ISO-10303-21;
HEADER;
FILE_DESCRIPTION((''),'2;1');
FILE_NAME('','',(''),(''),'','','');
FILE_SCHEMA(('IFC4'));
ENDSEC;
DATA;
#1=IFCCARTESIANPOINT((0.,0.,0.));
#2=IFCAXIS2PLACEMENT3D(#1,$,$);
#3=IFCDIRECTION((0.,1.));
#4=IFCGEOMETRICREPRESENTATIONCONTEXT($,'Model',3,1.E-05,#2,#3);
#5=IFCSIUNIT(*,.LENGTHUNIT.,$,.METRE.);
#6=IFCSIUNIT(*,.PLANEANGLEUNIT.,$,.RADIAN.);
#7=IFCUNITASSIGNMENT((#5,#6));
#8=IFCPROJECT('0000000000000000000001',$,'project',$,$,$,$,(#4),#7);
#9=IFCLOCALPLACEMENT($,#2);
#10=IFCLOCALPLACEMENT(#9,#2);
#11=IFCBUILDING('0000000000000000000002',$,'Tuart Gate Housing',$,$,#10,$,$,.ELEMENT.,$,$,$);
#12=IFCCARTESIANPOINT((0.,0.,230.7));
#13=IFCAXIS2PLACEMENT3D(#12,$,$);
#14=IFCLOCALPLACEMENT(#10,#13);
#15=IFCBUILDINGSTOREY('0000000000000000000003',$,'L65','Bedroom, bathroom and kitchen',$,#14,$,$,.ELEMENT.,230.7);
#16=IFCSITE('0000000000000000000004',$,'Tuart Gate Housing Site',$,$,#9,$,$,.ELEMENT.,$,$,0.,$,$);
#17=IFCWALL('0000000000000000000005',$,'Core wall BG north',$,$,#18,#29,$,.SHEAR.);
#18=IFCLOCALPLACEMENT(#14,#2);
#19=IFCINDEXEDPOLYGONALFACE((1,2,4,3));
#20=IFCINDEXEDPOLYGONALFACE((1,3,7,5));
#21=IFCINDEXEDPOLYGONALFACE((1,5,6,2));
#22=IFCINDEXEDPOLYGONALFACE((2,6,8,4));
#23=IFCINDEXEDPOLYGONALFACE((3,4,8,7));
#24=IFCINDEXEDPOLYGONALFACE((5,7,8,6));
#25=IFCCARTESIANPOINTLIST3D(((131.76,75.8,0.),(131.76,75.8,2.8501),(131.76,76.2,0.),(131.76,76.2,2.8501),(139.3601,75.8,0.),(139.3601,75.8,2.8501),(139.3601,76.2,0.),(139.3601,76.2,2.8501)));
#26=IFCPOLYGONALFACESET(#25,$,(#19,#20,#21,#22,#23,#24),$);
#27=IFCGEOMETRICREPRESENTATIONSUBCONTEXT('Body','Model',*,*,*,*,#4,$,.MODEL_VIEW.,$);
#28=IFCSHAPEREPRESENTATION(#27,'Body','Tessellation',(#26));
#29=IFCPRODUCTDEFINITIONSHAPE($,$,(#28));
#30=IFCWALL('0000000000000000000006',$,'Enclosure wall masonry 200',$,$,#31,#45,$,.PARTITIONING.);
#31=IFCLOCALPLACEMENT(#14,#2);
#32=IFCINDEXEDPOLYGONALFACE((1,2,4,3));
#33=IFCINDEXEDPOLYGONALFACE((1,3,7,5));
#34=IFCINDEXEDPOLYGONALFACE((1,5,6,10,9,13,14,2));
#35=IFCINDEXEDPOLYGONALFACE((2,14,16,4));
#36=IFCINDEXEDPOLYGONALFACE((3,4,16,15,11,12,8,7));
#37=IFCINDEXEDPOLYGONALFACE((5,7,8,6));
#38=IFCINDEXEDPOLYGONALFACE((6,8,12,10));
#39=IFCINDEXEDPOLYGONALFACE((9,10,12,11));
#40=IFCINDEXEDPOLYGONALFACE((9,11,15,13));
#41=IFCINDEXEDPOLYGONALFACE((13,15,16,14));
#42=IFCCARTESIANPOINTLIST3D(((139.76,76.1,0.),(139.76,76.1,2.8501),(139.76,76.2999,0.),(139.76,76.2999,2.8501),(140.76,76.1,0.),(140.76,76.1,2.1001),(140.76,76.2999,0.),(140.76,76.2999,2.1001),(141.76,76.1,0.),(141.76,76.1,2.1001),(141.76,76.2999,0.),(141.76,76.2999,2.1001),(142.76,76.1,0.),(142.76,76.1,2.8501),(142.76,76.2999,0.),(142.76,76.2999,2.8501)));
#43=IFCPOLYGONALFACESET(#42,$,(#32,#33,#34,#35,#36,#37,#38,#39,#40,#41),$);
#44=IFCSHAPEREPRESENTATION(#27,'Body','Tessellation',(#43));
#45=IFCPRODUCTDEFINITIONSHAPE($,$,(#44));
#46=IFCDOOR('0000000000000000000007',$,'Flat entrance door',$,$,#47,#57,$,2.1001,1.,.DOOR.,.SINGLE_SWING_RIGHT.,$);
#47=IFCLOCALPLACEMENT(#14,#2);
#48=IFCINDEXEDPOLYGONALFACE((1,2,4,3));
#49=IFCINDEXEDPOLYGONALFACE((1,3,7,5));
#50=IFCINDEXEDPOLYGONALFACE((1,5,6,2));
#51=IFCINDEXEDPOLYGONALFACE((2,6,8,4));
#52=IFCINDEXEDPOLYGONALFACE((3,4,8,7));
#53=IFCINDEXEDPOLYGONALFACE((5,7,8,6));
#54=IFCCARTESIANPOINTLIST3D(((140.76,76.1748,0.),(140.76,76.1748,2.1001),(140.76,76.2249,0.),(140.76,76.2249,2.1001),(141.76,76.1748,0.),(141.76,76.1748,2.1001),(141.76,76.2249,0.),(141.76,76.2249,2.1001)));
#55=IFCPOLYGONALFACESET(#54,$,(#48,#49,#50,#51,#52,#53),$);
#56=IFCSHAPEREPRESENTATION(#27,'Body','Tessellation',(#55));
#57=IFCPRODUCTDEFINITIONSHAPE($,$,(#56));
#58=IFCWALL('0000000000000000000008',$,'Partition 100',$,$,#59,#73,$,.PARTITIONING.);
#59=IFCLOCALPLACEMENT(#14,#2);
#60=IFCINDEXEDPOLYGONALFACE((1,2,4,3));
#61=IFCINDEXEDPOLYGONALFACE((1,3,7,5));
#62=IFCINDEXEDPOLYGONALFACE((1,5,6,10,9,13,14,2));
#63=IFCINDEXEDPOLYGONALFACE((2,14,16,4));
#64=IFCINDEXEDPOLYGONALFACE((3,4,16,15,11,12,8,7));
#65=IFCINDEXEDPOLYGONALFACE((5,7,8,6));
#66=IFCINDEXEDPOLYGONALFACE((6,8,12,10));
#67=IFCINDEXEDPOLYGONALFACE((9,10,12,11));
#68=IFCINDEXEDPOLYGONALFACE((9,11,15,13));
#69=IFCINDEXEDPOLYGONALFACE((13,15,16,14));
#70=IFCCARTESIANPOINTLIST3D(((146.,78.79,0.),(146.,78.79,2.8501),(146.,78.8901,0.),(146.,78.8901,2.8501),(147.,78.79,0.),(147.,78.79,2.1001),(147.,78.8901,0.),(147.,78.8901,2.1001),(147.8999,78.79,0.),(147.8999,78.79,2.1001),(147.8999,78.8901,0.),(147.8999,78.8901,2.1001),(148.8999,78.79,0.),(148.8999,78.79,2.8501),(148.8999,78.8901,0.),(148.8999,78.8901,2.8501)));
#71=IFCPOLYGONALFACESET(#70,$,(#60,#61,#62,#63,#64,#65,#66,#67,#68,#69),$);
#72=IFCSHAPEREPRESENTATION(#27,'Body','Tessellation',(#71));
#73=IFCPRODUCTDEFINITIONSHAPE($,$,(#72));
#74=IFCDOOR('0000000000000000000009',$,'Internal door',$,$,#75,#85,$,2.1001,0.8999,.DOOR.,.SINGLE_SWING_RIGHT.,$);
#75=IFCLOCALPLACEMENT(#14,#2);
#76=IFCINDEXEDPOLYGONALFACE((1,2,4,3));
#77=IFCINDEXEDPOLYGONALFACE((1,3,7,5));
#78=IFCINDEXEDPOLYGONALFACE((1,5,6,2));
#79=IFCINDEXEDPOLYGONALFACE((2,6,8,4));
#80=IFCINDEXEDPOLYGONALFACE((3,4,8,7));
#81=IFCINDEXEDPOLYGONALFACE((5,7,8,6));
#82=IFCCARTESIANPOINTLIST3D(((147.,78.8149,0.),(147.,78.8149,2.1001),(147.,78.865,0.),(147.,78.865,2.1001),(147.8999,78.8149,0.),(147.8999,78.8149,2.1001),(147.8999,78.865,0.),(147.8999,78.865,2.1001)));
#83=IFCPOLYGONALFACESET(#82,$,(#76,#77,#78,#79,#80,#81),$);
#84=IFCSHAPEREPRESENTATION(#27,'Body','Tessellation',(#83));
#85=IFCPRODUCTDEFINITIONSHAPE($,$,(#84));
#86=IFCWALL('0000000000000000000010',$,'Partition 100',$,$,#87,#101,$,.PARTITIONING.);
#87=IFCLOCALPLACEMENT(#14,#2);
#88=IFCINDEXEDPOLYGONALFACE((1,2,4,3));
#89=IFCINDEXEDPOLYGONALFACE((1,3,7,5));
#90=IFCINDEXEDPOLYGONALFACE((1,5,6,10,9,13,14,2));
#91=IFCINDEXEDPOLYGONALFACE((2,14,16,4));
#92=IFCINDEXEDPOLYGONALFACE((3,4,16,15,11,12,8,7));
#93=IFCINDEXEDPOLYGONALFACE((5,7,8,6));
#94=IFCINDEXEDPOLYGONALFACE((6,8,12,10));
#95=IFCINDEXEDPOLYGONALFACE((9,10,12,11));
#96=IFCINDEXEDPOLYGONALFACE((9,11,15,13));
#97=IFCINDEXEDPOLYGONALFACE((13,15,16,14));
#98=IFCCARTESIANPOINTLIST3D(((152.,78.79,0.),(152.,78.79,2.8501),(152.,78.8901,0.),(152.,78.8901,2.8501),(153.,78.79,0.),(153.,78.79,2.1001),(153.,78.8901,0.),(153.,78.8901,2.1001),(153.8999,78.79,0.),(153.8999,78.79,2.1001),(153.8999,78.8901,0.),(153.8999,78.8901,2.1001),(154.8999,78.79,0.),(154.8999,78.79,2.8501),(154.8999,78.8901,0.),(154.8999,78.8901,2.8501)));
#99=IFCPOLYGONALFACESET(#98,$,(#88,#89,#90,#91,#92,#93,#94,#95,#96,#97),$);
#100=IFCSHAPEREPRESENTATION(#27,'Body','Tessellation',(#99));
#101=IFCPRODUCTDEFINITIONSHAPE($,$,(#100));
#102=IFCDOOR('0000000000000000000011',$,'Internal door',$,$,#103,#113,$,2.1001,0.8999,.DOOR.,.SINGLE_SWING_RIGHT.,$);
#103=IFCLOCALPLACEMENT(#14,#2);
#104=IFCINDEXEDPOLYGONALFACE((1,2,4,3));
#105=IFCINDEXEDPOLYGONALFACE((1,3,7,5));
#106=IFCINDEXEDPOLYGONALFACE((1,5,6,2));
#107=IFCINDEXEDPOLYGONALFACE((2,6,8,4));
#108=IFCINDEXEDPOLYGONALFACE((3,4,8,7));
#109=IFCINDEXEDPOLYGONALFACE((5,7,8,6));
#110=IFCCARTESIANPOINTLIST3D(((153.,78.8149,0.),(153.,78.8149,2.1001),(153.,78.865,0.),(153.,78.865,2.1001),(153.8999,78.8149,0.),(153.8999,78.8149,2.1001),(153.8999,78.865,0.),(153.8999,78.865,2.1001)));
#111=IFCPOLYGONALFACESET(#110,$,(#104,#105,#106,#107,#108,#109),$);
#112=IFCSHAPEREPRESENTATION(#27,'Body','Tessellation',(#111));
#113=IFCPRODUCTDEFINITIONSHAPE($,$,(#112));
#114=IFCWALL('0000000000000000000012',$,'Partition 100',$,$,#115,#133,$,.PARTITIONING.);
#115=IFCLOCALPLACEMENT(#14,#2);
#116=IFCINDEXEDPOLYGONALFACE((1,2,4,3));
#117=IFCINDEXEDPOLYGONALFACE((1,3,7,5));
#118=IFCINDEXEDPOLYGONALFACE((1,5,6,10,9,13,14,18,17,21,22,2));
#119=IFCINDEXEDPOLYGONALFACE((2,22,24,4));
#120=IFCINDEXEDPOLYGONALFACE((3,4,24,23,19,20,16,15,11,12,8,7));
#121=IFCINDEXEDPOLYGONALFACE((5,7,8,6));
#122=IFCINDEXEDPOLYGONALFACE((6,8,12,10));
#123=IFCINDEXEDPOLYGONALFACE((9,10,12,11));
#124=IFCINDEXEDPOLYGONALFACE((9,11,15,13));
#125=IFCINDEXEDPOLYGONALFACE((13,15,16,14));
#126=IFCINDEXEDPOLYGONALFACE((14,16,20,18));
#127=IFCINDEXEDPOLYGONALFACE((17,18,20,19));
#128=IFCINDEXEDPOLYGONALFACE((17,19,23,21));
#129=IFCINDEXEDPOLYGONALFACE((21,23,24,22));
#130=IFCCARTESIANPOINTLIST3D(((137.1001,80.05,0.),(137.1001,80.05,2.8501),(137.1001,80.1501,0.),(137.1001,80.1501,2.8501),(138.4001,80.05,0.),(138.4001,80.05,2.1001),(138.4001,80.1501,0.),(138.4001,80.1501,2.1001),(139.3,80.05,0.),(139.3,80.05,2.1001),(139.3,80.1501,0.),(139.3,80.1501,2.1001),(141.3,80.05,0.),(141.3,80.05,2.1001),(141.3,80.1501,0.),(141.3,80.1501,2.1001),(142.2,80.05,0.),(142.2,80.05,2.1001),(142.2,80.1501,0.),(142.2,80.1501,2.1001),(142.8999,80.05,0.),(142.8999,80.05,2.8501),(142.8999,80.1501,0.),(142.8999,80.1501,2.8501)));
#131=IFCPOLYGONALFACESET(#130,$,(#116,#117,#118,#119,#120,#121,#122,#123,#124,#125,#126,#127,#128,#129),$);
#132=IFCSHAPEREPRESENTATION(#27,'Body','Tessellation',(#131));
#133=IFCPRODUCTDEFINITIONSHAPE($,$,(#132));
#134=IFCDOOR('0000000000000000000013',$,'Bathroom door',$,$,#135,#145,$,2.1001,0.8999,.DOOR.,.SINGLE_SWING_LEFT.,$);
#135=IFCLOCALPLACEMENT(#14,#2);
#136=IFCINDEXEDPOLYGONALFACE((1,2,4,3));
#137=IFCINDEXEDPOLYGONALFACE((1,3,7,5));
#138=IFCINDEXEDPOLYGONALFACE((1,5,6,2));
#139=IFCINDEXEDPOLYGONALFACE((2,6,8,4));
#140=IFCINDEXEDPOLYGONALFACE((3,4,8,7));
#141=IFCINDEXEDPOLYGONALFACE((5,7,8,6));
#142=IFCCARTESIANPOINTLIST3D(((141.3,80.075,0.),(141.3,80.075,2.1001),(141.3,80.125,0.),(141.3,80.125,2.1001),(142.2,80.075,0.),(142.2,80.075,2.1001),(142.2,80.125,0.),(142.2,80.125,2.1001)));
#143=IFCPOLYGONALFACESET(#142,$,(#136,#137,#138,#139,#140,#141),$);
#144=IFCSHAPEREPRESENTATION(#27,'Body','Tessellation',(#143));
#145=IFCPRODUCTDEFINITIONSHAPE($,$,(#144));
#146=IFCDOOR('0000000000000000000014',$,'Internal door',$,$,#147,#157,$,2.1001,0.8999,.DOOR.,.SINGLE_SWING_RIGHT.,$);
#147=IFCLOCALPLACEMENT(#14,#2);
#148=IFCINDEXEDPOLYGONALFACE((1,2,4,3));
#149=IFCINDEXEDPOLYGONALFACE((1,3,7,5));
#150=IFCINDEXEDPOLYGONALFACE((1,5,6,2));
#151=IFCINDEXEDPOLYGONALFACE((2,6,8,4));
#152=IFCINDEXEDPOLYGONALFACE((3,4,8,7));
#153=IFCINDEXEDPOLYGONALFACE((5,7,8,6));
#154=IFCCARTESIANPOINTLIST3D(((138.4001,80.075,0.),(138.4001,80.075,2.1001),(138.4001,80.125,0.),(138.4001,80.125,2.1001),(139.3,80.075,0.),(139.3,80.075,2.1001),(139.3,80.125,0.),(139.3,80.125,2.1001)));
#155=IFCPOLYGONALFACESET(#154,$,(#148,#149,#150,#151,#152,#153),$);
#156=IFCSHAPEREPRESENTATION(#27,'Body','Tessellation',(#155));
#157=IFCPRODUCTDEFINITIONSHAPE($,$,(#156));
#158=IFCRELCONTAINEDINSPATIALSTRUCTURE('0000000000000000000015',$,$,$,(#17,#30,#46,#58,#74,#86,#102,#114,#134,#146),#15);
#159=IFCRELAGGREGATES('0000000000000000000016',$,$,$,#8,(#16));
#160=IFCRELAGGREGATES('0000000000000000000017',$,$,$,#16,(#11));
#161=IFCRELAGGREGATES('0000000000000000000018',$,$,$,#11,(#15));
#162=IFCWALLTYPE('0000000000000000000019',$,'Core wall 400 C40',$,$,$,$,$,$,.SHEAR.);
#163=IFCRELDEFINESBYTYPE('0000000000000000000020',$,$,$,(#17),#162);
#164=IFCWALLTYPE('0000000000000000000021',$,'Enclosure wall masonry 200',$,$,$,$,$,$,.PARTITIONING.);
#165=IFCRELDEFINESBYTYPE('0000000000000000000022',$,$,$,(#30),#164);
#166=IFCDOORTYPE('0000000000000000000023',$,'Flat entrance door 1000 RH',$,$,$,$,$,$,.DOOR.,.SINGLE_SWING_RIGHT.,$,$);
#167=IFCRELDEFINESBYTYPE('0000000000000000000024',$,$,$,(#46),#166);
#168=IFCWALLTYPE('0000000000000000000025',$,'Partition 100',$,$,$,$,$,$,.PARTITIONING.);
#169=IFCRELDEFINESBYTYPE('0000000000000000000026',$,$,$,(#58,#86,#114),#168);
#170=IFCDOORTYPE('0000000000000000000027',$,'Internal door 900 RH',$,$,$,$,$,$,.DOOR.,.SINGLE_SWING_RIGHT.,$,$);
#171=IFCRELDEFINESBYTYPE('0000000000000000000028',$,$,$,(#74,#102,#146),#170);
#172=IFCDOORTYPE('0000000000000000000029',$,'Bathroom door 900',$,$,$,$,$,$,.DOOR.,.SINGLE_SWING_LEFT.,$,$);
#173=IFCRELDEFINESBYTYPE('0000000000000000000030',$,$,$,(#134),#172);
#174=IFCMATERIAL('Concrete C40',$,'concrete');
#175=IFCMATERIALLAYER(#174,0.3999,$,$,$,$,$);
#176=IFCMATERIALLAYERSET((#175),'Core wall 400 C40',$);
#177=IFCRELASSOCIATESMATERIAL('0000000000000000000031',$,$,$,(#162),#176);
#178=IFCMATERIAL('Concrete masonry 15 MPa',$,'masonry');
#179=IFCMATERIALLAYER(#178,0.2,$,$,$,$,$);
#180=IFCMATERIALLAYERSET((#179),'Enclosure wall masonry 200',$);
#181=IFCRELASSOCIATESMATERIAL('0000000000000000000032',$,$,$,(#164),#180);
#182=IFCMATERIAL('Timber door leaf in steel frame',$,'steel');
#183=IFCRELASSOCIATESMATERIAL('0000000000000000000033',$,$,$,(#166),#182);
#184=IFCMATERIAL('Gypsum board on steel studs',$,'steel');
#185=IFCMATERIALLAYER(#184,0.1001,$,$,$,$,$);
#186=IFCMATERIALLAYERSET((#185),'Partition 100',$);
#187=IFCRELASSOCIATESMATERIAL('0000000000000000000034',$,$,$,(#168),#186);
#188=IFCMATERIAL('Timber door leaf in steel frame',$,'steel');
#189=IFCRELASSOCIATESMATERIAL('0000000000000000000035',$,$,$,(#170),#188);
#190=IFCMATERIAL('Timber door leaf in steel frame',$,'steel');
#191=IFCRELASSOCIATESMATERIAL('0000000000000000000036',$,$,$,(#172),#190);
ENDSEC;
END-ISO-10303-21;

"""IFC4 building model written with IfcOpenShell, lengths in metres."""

from ifc_helpers import new_model, si_unit, direction, frame, frame_2d, origin, place, context, subcontext, project, spatial, rectangle, extrude, material, layer, layer_set, type_object, element, fill, save


model = new_model("IFC4")

# Units and contexts
model_context = context("Model", 3, precision=1e-05, world=origin(), true_north=direction((0.0, 1.0)))
body_context = subcontext(model_context, "Body", "Model", "MODEL_VIEW")
ifc_project = project(units=[si_unit("LENGTHUNIT", "METRE"), si_unit("PLANEANGLEUNIT", "RADIAN")], contexts=[model_context])

# Site, building, storey
site_placement = place(None, origin())
site = spatial("IfcSite", under=ifc_project, at=site_placement, Name="Tuart Gate Housing Site", CompositionType="ELEMENT", RefElevation=0.0)
building_placement = place(site_placement, origin())
building = spatial("IfcBuilding", under=site, at=building_placement, Name="Tuart Gate Housing", CompositionType="ELEMENT")
storey_placement = place(building_placement, frame((0.0, 0.0, 230.7)))
storey = spatial("IfcBuildingStorey", under=building, at=storey_placement, Name="L65", Description="Bedroom, bathroom and kitchen", CompositionType="ELEMENT", Elevation=230.7)

# Wall
ifc_material_1 = material(Name="Concrete C40", Category="concrete")
ifc_layer_1 = layer(ifc_material_1, 0.3999)
ifc_layer_set_1 = layer_set([ifc_layer_1], Name="Core wall 400 C40")
wall_type_1 = type_object("IfcWallType", Name="Core wall 400 C40", PredefinedType="SHEAR", material=ifc_layer_set_1)
wall_1_placement = place(storey_placement, frame((139.3601, 76.0, 0.0), z_axis=(0.0, 0.0, 1.0), x_axis=(-1.0, 0.0, 0.0)))
element("IfcWall", 1, at=wall_1_placement, inside=storey, type_object=wall_type_1, Name="Core wall BG north", PredefinedType="SHEAR", context=body_context, shape_type="SweptSolid", body=[
    extrude(rectangle(XDim=7.6001, YDim=0.3999, at=frame_2d((3.8, 0.0))), origin(), (0.0, 0.0, 1.0), 2.8501),
])

# Walls, openings, doors
ifc_material_2 = material(Name="Concrete masonry 15 MPa", Category="masonry")
ifc_layer_2 = layer(ifc_material_2, 0.2)
ifc_layer_set_2 = layer_set([ifc_layer_2], Name="Enclosure wall masonry 200")
wall_type_2 = type_object("IfcWallType", Name="Enclosure wall masonry 200", PredefinedType="PARTITIONING", material=ifc_layer_set_2)
wall_2_placement = place(storey_placement, frame((139.76, 76.2, 0.0), z_axis=(0.0, 0.0, 1.0), x_axis=(1.0, 0.0, 0.0)))
wall_2 = element("IfcWall", 2, at=wall_2_placement, inside=storey, type_object=wall_type_2, Name="Enclosure wall masonry 200", PredefinedType="PARTITIONING", context=body_context, shape_type="SweptSolid", body=[
    extrude(rectangle(XDim=3.0, YDim=0.2, at=frame_2d((1.5, 0.0))), origin(), (0.0, 0.0, 1.0), 2.8501),
])
opening_1_placement = place(wall_2_placement, frame((1.0, 0.0, 0.0)))
opening_1 = element("IfcOpeningElement", 3, at=opening_1_placement, cuts=wall_2, PredefinedType="OPENING", context=body_context, shape_type="SweptSolid", body=[
    extrude(rectangle(XDim=1.0, YDim=2.1001, at=frame_2d((0.5, 1.05))), frame((0.0, 0.1099, 0.0), z_axis=(0.0, -1.0, 0.0), x_axis=(1.0, 0.0, 0.0)), (0.0, 0.0, 1.0), 0.22),
])
ifc_material_3 = material(Name="Timber door leaf in steel frame", Category="steel")
door_type_1 = type_object("IfcDoorType", Name="Flat entrance door 1000 RH", OperationType="SINGLE_SWING_RIGHT", PredefinedType="DOOR", material=ifc_material_3)
door_1_placement = place(opening_1_placement, origin())
door_1 = element("IfcDoor", 4, at=door_1_placement, inside=storey, type_object=door_type_1, Name="Flat entrance door", OperationType="SINGLE_SWING_RIGHT", OverallHeight=2.1001, OverallWidth=1.0, PredefinedType="DOOR", context=body_context, shape_type="SweptSolid", body=[
    extrude(rectangle(XDim=1.0, YDim=2.1001, at=frame_2d((0.5, 1.05))), frame((0.0, 0.0249, 0.0), z_axis=(0.0, -1.0, 0.0), x_axis=(1.0, 0.0, 0.0)), (0.0, 0.0, 1.0), 0.05),
])
fill(opening_1, door_1)
ifc_material_4 = material(Name="Gypsum board on steel studs", Category="steel")
ifc_layer_3 = layer(ifc_material_4, 0.1001)
ifc_layer_set_3 = layer_set([ifc_layer_3], Name="Partition 100")
wall_type_3 = type_object("IfcWallType", Name="Partition 100", PredefinedType="PARTITIONING", material=ifc_layer_set_3)
wall_3_placement = place(storey_placement, frame((146.0, 78.8401, 0.0), z_axis=(0.0, 0.0, 1.0), x_axis=(1.0, 0.0, 0.0)))
wall_3 = element("IfcWall", 5, at=wall_3_placement, inside=storey, type_object=wall_type_3, Name="Partition 100", PredefinedType="PARTITIONING", context=body_context, shape_type="SweptSolid", body=[
    extrude(rectangle(XDim=2.8999, YDim=0.1001, at=frame_2d((1.45, 0.0))), origin(), (0.0, 0.0, 1.0), 2.8501),
])
opening_2_placement = place(wall_3_placement, frame((1.0, 0.0, 0.0)))
opening_2 = element("IfcOpeningElement", 6, at=opening_2_placement, cuts=wall_3, PredefinedType="OPENING", context=body_context, shape_type="SweptSolid", body=[
    extrude(rectangle(XDim=0.8999, YDim=2.1001, at=frame_2d((0.45, 1.05))), frame((0.0, 0.0601, 0.0), z_axis=(0.0, -1.0, 0.0), x_axis=(1.0, 0.0, 0.0)), (0.0, 0.0, 1.0), 0.1201),
])
ifc_material_5 = material(Name="Timber door leaf in steel frame", Category="steel")
door_type_2 = type_object("IfcDoorType", Name="Internal door 900 RH", OperationType="SINGLE_SWING_RIGHT", PredefinedType="DOOR", material=ifc_material_5)
door_2_placement = place(opening_2_placement, frame((0.8999, 0.0, 0.0), z_axis=(0.0, 0.0, 1.0), x_axis=(-1.0, 0.0, 0.0)))
door_2 = element("IfcDoor", 7, at=door_2_placement, inside=storey, type_object=door_type_2, Name="Internal door", OperationType="SINGLE_SWING_RIGHT", OverallHeight=2.1001, OverallWidth=0.8999, PredefinedType="DOOR", context=body_context, shape_type="SweptSolid", body=[
    extrude(rectangle(XDim=0.8999, YDim=2.1001, at=frame_2d((0.45, 1.05))), frame((0.0, 0.0251, 0.0), z_axis=(0.0, -1.0, 0.0), x_axis=(1.0, 0.0, 0.0)), (0.0, 0.0, 1.0), 0.05),
])
fill(opening_2, door_2)
wall_4_placement = place(storey_placement, frame((152.0, 78.8401, 0.0), z_axis=(0.0, 0.0, 1.0), x_axis=(1.0, 0.0, 0.0)))
wall_4 = element("IfcWall", 8, at=wall_4_placement, inside=storey, type_object=wall_type_3, Name="Partition 100", PredefinedType="PARTITIONING", context=body_context, shape_type="SweptSolid", body=[
    extrude(rectangle(XDim=2.8999, YDim=0.1001, at=frame_2d((1.45, 0.0))), origin(), (0.0, 0.0, 1.0), 2.8501),
])
opening_3_placement = place(wall_4_placement, frame((1.0, 0.0, 0.0)))
opening_3 = element("IfcOpeningElement", 9, at=opening_3_placement, cuts=wall_4, PredefinedType="OPENING", context=body_context, shape_type="SweptSolid", body=[
    extrude(rectangle(XDim=0.8999, YDim=2.1001, at=frame_2d((0.45, 1.05))), frame((0.0, 0.0601, 0.0), z_axis=(0.0, -1.0, 0.0), x_axis=(1.0, 0.0, 0.0)), (0.0, 0.0, 1.0), 0.1201),
])
door_3_placement = place(opening_3_placement, frame((0.8999, 0.0, 0.0), z_axis=(0.0, 0.0, 1.0), x_axis=(-1.0, 0.0, 0.0)))
door_3 = element("IfcDoor", 10, at=door_3_placement, inside=storey, type_object=door_type_2, Name="Internal door", OperationType="SINGLE_SWING_RIGHT", OverallHeight=2.1001, OverallWidth=0.8999, PredefinedType="DOOR", context=body_context, shape_type="SweptSolid", body=[
    extrude(rectangle(XDim=0.8999, YDim=2.1001, at=frame_2d((0.45, 1.05))), frame((0.0, 0.0251, 0.0), z_axis=(0.0, -1.0, 0.0), x_axis=(1.0, 0.0, 0.0)), (0.0, 0.0, 1.0), 0.05),
])
fill(opening_3, door_3)

# Wall, openings, doors
wall_5_placement = place(storey_placement, frame((137.1001, 80.1001, 0.0), z_axis=(0.0, 0.0, 1.0), x_axis=(1.0, 0.0, 0.0)))
wall_5 = element("IfcWall", 11, at=wall_5_placement, inside=storey, type_object=wall_type_3, Name="Partition 100", PredefinedType="PARTITIONING", context=body_context, shape_type="SweptSolid", body=[
    extrude(rectangle(XDim=5.7998, YDim=0.1001, at=frame_2d((2.8999, 0.0))), origin(), (0.0, 0.0, 1.0), 2.8501),
])
opening_4_placement = place(wall_5_placement, frame((1.3, 0.0, 0.0)))
opening_4 = element("IfcOpeningElement", 12, at=opening_4_placement, cuts=wall_5, PredefinedType="OPENING", context=body_context, shape_type="SweptSolid", body=[
    extrude(rectangle(XDim=0.8999, YDim=2.1001, at=frame_2d((0.45, 1.05))), frame((0.0, 0.0601, 0.0), z_axis=(0.0, -1.0, 0.0), x_axis=(1.0, 0.0, 0.0)), (0.0, 0.0, 1.0), 0.1201),
])
opening_5_placement = place(wall_5_placement, frame((4.2, 0.0, 0.0)))
opening_5 = element("IfcOpeningElement", 13, at=opening_5_placement, cuts=wall_5, PredefinedType="OPENING", context=body_context, shape_type="SweptSolid", body=[
    extrude(rectangle(XDim=0.8999, YDim=2.1001, at=frame_2d((0.45, 1.05))), frame((0.0, 0.0601, 0.0), z_axis=(0.0, -1.0, 0.0), x_axis=(1.0, 0.0, 0.0)), (0.0, 0.0, 1.0), 0.1201),
])
ifc_material_6 = material(Name="Timber door leaf in steel frame", Category="steel")
door_type_3 = type_object("IfcDoorType", Name="Bathroom door 900", OperationType="SINGLE_SWING_LEFT", PredefinedType="DOOR", material=ifc_material_6)
door_4_placement = place(opening_5_placement, origin())
door_4 = element("IfcDoor", 14, at=door_4_placement, inside=storey, type_object=door_type_3, Name="Bathroom door", OperationType="SINGLE_SWING_LEFT", OverallHeight=2.1001, OverallWidth=0.8999, PredefinedType="DOOR", context=body_context, shape_type="SweptSolid", body=[
    extrude(rectangle(XDim=0.8999, YDim=2.1001, at=frame_2d((0.45, 1.05))), frame((0.0, 0.0249, 0.0), z_axis=(0.0, -1.0, 0.0), x_axis=(1.0, 0.0, 0.0)), (0.0, 0.0, 1.0), 0.05),
])
fill(opening_5, door_4)
door_5_placement = place(opening_4_placement, frame((0.8999, 0.0, 0.0), z_axis=(0.0, 0.0, 1.0), x_axis=(-1.0, 0.0, 0.0)))
door_5 = element("IfcDoor", 15, at=door_5_placement, inside=storey, type_object=door_type_2, Name="Internal door", OperationType="SINGLE_SWING_RIGHT", OverallHeight=2.1001, OverallWidth=0.8999, PredefinedType="DOOR", context=body_context, shape_type="SweptSolid", body=[
    extrude(rectangle(XDim=0.8999, YDim=2.1001, at=frame_2d((0.45, 1.05))), frame((0.0, 0.0251, 0.0), z_axis=(0.0, -1.0, 0.0), x_axis=(1.0, 0.0, 0.0)), (0.0, 0.0, 1.0), 0.05),
])
fill(opening_4, door_5)

save(model, "model.ifc")
